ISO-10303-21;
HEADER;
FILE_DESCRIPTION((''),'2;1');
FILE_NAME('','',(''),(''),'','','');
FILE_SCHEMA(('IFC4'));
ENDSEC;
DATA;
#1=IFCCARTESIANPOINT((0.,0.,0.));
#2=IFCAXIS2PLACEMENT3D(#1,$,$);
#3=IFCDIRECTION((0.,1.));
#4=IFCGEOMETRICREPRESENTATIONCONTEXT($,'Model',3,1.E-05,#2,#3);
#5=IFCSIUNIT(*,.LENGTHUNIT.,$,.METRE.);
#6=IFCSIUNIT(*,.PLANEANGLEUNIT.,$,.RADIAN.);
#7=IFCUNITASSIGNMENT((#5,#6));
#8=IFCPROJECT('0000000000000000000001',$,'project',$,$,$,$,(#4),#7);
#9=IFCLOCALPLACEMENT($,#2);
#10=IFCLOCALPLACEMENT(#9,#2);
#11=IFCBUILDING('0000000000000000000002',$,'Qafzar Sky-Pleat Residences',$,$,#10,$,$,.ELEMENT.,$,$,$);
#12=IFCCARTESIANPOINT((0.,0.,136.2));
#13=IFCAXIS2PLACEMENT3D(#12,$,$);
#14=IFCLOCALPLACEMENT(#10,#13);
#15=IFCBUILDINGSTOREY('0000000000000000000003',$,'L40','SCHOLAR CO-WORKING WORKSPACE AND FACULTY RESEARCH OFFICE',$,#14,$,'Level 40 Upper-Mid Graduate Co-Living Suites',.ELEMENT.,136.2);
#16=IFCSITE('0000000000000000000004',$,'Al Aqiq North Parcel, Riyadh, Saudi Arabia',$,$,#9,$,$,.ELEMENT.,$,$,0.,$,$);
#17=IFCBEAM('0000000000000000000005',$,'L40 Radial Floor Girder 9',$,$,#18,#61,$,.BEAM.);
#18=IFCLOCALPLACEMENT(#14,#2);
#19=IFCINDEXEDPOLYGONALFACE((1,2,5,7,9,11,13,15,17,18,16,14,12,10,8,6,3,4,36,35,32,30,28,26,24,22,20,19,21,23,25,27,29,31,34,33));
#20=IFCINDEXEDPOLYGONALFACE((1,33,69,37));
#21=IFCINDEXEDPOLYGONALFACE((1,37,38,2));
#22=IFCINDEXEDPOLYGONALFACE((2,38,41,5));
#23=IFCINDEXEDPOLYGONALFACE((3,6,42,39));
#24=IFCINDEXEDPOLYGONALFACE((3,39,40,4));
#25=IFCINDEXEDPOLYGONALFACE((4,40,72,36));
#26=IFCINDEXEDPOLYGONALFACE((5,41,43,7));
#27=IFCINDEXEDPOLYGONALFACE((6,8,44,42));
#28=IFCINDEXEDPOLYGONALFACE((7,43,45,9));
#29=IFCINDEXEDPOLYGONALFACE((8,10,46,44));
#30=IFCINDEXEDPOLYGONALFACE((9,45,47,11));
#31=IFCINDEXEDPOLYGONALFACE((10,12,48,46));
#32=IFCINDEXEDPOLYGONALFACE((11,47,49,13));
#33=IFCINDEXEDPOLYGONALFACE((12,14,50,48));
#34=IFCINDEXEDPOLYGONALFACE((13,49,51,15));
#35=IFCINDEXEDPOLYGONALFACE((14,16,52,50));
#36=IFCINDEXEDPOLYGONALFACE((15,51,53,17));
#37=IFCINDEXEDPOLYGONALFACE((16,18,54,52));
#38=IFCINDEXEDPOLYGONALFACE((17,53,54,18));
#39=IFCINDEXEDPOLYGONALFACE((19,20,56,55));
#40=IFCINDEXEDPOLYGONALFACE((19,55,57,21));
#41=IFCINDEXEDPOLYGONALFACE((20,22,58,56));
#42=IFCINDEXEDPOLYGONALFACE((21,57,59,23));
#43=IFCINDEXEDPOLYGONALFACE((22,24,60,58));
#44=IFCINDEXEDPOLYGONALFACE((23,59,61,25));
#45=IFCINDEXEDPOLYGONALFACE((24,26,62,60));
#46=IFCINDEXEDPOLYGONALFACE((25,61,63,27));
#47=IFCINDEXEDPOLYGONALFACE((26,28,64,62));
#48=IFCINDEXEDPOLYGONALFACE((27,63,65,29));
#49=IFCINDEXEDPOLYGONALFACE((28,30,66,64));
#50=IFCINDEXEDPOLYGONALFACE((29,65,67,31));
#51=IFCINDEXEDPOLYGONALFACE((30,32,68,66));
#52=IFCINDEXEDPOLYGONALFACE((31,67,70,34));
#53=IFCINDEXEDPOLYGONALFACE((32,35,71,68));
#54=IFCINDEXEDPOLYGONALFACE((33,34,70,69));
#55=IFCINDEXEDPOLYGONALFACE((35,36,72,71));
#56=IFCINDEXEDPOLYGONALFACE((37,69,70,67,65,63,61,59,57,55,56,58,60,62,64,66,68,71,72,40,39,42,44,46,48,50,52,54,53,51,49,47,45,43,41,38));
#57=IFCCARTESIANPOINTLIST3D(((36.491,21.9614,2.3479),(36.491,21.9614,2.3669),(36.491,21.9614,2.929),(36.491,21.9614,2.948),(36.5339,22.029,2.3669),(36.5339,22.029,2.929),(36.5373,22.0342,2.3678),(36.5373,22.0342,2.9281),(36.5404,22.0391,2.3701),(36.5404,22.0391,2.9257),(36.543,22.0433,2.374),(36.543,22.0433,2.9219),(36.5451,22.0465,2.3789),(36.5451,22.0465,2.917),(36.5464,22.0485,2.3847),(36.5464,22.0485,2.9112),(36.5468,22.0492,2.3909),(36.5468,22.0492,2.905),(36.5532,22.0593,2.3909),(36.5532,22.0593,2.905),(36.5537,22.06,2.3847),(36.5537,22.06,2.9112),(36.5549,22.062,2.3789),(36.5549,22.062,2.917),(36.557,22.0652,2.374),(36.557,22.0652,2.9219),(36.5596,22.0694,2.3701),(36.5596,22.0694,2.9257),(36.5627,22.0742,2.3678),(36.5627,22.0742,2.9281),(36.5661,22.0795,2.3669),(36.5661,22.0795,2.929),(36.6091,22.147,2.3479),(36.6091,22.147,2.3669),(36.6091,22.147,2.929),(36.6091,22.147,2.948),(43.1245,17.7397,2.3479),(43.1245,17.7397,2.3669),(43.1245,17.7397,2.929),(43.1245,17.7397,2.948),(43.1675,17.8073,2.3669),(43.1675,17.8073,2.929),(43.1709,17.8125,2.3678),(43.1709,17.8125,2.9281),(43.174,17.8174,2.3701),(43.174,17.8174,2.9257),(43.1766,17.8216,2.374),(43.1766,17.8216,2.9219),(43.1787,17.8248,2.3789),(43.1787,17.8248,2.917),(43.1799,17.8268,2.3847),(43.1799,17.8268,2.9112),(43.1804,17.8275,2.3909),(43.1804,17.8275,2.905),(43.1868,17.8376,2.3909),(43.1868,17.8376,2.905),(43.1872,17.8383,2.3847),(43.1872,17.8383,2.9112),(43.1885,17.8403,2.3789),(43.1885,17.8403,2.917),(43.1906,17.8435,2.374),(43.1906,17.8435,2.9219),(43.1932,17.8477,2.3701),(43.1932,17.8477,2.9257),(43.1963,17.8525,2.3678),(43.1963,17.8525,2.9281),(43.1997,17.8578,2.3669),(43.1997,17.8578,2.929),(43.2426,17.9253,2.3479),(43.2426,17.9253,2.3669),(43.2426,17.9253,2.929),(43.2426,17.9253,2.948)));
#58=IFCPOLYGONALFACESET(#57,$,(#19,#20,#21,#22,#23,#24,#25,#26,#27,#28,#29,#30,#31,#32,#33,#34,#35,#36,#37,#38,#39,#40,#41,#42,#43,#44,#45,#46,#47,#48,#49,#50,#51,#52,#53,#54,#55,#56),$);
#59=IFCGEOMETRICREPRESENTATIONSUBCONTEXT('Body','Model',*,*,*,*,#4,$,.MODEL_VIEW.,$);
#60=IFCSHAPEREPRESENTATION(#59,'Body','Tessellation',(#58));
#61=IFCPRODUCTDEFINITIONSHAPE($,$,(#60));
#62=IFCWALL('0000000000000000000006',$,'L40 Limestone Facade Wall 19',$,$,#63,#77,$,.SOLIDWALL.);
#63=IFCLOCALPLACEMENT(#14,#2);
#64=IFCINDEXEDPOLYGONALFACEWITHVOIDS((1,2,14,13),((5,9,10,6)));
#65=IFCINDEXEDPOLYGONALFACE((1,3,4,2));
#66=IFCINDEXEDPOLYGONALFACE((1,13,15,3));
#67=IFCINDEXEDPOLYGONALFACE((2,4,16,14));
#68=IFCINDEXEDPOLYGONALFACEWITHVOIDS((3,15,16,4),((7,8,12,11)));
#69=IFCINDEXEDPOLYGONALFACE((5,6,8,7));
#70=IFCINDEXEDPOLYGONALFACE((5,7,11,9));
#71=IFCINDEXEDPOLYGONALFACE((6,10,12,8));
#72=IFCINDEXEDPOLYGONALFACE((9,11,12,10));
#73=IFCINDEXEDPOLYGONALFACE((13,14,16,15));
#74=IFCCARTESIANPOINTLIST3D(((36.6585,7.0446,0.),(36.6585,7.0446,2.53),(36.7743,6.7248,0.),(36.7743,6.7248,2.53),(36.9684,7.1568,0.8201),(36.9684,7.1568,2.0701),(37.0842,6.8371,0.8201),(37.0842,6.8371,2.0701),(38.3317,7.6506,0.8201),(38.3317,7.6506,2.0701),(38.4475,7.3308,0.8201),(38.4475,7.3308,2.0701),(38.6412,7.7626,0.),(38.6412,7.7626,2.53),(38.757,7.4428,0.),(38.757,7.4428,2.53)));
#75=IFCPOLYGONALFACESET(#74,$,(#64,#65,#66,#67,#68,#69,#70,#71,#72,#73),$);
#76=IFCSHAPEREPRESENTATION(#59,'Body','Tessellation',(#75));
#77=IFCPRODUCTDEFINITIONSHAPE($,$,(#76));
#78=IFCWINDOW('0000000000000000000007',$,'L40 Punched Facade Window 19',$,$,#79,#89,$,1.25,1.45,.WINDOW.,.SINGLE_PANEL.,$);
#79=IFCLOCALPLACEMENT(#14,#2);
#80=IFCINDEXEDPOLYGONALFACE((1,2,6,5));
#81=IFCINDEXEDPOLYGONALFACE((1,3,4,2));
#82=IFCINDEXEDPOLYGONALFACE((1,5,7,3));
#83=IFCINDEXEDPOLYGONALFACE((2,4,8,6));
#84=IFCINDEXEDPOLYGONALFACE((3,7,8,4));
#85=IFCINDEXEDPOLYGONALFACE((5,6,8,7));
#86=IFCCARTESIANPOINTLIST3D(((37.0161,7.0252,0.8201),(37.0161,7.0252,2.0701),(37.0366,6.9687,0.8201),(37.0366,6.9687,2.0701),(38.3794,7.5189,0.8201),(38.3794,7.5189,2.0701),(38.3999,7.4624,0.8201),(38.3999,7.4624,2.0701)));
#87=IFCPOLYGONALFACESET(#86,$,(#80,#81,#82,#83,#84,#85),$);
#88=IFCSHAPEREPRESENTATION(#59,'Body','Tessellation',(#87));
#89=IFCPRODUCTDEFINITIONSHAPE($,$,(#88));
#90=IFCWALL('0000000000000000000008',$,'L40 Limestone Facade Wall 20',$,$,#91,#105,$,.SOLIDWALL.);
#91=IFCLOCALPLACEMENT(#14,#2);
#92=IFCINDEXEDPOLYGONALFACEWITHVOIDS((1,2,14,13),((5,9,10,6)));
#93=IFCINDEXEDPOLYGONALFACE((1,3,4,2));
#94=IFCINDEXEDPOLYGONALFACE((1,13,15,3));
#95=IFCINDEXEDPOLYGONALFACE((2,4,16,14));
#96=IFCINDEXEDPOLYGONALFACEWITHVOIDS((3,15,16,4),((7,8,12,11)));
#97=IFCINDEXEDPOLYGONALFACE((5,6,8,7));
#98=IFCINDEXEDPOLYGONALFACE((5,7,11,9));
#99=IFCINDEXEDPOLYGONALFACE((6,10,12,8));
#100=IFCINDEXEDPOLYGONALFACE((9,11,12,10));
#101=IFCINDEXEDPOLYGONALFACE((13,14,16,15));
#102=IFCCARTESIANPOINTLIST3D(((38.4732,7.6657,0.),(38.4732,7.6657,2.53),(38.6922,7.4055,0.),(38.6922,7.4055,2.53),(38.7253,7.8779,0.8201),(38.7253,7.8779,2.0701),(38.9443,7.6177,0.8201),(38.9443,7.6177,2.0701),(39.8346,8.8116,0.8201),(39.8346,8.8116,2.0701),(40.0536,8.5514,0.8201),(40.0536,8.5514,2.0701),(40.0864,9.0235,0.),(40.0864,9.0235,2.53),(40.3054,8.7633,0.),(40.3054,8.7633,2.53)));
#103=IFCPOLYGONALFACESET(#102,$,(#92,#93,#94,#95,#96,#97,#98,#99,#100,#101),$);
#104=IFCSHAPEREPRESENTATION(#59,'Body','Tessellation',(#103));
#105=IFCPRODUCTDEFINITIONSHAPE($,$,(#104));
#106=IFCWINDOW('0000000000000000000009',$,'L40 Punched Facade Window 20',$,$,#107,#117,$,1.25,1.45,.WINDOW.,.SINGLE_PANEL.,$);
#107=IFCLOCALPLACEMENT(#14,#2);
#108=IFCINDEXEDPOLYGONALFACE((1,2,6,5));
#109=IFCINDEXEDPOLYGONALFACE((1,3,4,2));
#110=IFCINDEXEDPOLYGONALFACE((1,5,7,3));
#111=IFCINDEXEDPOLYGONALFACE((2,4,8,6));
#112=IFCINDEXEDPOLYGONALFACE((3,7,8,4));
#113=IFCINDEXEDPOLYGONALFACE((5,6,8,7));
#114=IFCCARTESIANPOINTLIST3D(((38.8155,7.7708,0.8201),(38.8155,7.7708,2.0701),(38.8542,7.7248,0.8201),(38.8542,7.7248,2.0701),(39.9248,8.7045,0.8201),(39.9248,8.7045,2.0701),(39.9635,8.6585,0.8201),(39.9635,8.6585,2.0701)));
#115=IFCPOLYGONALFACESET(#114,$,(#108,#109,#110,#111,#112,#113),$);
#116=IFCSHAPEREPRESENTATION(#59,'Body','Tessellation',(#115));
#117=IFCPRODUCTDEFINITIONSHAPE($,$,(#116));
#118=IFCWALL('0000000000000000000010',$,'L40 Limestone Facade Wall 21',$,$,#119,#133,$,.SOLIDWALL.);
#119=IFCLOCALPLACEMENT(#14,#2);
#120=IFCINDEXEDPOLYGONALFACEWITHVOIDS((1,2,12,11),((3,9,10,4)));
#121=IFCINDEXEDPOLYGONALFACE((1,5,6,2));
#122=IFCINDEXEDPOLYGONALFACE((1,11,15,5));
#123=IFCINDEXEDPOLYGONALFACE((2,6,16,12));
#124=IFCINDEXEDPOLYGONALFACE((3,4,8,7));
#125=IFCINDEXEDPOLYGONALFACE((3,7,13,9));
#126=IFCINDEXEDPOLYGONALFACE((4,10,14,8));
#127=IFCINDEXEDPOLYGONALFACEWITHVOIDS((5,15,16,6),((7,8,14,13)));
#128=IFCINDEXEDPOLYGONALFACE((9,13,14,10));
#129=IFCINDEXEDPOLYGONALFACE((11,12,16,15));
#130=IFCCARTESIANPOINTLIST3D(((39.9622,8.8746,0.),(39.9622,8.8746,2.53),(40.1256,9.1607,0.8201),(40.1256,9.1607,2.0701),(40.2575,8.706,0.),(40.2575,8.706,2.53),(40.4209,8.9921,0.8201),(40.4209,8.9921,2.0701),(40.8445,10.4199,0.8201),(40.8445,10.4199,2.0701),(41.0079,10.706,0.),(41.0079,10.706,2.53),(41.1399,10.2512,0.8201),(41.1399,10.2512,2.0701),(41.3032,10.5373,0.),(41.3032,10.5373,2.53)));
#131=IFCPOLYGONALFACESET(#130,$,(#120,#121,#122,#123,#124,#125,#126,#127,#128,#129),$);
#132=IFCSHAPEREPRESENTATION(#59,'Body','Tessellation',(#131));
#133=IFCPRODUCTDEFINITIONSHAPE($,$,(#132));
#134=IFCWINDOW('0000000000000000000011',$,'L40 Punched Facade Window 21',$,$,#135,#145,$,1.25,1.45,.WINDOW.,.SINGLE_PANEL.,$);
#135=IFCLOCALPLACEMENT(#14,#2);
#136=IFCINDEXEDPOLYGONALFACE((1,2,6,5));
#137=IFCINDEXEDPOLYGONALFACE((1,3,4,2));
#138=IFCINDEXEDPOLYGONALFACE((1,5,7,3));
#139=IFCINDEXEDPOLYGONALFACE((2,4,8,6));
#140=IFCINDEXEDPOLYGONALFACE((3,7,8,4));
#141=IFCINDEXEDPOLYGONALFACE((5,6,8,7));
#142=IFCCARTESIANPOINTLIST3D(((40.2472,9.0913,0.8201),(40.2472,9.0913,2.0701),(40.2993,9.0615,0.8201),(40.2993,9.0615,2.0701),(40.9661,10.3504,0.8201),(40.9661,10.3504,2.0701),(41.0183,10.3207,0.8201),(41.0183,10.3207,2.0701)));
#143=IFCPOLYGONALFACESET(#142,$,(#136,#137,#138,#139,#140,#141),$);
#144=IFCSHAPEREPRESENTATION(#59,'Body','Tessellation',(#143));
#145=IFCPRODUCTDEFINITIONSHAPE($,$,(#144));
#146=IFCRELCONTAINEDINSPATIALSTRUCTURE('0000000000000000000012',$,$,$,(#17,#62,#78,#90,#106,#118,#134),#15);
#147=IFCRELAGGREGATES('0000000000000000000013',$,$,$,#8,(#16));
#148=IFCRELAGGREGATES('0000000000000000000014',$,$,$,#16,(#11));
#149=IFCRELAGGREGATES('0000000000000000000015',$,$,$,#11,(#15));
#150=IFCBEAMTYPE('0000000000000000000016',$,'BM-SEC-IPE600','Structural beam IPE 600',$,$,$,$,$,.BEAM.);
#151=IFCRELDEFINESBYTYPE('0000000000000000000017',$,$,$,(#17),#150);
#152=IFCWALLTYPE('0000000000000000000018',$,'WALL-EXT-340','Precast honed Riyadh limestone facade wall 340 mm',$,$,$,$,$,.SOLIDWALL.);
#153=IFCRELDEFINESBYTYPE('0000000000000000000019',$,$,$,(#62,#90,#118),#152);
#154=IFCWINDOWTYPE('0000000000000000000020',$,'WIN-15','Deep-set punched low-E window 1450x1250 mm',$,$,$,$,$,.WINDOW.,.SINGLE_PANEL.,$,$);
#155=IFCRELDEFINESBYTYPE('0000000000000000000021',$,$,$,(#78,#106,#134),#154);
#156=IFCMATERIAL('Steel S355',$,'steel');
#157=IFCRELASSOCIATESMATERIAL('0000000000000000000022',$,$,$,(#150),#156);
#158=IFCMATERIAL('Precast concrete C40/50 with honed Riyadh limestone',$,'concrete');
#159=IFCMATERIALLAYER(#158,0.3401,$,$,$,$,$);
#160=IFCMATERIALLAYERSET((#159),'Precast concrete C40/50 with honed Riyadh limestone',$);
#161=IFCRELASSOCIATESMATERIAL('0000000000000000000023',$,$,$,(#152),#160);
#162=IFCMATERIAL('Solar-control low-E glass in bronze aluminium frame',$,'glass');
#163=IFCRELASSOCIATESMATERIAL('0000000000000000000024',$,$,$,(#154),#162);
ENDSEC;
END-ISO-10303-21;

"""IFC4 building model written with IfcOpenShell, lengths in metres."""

from ifc_helpers import new_model, si_unit, direction, frame, frame_2d, origin, origin_2d, place, context, subcontext, project, spatial, rectangle, i_section, extrude, source, transform, mapped, material, layer, layer_set, material_profile, profile_set, type_object, element, fill, save


model = new_model("IFC4")

# Units and contexts
model_context = context("Model", 3, precision=1e-05, world=origin(), true_north=direction((0.0, 1.0)))
body_context = subcontext(model_context, "Body", "Model", "MODEL_VIEW")
ifc_project = project(units=[si_unit("LENGTHUNIT", "METRE"), si_unit("PLANEANGLEUNIT", "RADIAN")], contexts=[model_context])

# Site, building, storey
site_placement = place(None, origin())
site = spatial("IfcSite", under=ifc_project, at=site_placement, Name="Al Aqiq North Parcel, Riyadh, Saudi Arabia", CompositionType="ELEMENT", RefElevation=0.0)
building_placement = place(site_placement, origin())
building = spatial("IfcBuilding", under=site, at=building_placement, Name="Qafzar Sky-Pleat Residences", CompositionType="ELEMENT")
storey_placement = place(building_placement, frame((0.0, 0.0, 136.2)))
storey = spatial("IfcBuildingStorey", under=building, at=storey_placement, Name="L40", Description="SCHOLAR CO-WORKING WORKSPACE AND FACULTY RESEARCH OFFICE", LongName="Level 40 Upper-Mid Graduate Co-Living Suites", CompositionType="ELEMENT", Elevation=136.2)

# Shared definitions
ifc_material_1 = material(Name="Steel S355", Category="steel")

# Beam
ifc_material_profile_1 = material_profile(ifc_material_1, i_section(OverallWidth=0.22, OverallDepth=0.6001, WebThickness=0.012, FlangeThickness=0.019, FilletRadius=0.0239, at=origin_2d()), Name="IPE 600")
ifc_profile_set_1 = profile_set([ifc_material_profile_1], Name="Steel S355")
beam_type_1 = type_object("IfcBeamType", Name="BM-SEC-IPE600", Description="Structural beam IPE 600", PredefinedType="BEAM", material=ifc_profile_set_1)
shared_shape_1 = source(origin(), body_context, "Body", "SweptSolid", [
    extrude(i_section(OverallWidth=0.22, OverallDepth=0.6001, WebThickness=0.012, FlangeThickness=0.019, FilletRadius=0.0239, at=origin_2d()), origin(), (0.0, 0.0, 1.0), 7.863),
])
beam_1_placement = place(storey_placement, frame((43.1836, 17.8325, 2.6479), z_axis=(-0.843642, 0.536906, 0.0), x_axis=(-0.536906, -0.843642, 0.0)))
element("IfcBeam", 1, at=beam_1_placement, inside=storey, type_object=beam_type_1, Name="L40 Radial Floor Girder 9", PredefinedType="BEAM", context=body_context, shape_type="MappedRepresentation", body=[
    mapped(shared_shape_1, transform((0.0, 0.0, 0.0), x_axis=(1.0, 0.0, 0.0), y_axis=(0.0, 1.0, 0.0), z_axis=(0.0, 0.0, 1.0), scale=1.0)),
])

# Walls, openings, windows
ifc_material_2 = material(Name="Precast concrete C40/50 with honed Riyadh limestone", Category="concrete")
ifc_layer_1 = layer(ifc_material_2, 0.3401)
ifc_layer_set_1 = layer_set([ifc_layer_1], Name="Precast concrete C40/50 with honed Riyadh limestone")
wall_type = type_object("IfcWallType", Name="WALL-EXT-340", Description="Precast honed Riyadh limestone facade wall 340 mm", PredefinedType="SOLIDWALL", material=ifc_layer_set_1)
wall_1_placement = place(storey_placement, frame((36.7166, 6.8848, 0.0), z_axis=(0.0, 0.0, 1.0), x_axis=(0.940242, 0.340506, 0.0)))
wall_1 = element("IfcWall", 2, at=wall_1_placement, inside=storey, type_object=wall_type, Name="L40 Limestone Facade Wall 19", PredefinedType="SOLIDWALL", context=body_context, shape_type="SweptSolid", body=[
    extrude(rectangle(XDim=2.1086, YDim=0.3401, at=frame_2d((1.0542, 0.0))), origin(), (0.0, 0.0, 1.0), 2.53),
])
opening_1_placement = place(wall_1_placement, frame((0.3293, 0.0, 0.8201)))
opening_1 = element("IfcOpeningElement", 3, at=opening_1_placement, cuts=wall_1, PredefinedType="OPENING", context=body_context, shape_type="SweptSolid", body=[
    extrude(rectangle(XDim=1.45, YDim=1.25, at=frame_2d((0.7251, 0.625))), frame((0.0, 0.1802, 0.0), z_axis=(0.0, -1.0, 0.0), x_axis=(1.0, 0.0, 0.0)), (0.0, 0.0, 1.0), 0.3601),
])
ifc_material_3 = material(Name="Solar-control low-E glass in bronze aluminium frame", Category="glass")
window_type_1 = type_object("IfcWindowType", Name="WIN-15", Description="Deep-set punched low-E window 1450x1250 mm", PartitioningType="SINGLE_PANEL", PredefinedType="WINDOW", material=ifc_material_3)
shared_shape_2 = source(origin(), body_context, "Body", "SweptSolid", [
    extrude(rectangle(XDim=1.45, YDim=1.25, at=frame_2d((0.7251, 0.625))), frame((0.0, 0.03, 0.0), z_axis=(0.0, -1.0, 0.0), x_axis=(1.0, 0.0, 0.0)), (0.0, 0.0, 1.0), 0.0601),
])
window_1_placement = place(opening_1_placement, origin())
window_1 = element("IfcWindow", 4, at=window_1_placement, inside=storey, type_object=window_type_1, Name="L40 Punched Facade Window 19", OverallHeight=1.25, OverallWidth=1.45, PartitioningType="SINGLE_PANEL", PredefinedType="WINDOW", context=body_context, shape_type="MappedRepresentation", body=[
    mapped(shared_shape_2, transform((0.0, 0.0, 0.0), x_axis=(1.0, 0.0, 0.0), y_axis=(0.0, 1.0, 0.0), z_axis=(0.0, 0.0, 1.0), scale=1.0)),
])
fill(opening_1, window_1)
wall_2_placement = place(storey_placement, frame((38.5828, 7.5356, 0.0), z_axis=(0.0, 0.0, 1.0), x_axis=(0.765061, 0.643957, 0.0)))
wall_2 = element("IfcWall", 5, at=wall_2_placement, inside=storey, type_object=wall_type, Name="L40 Limestone Facade Wall 20", PredefinedType="SOLIDWALL", context=body_context, shape_type="SweptSolid", body=[
    extrude(rectangle(XDim=2.1086, YDim=0.3401, at=frame_2d((1.0542, 0.0))), origin(), (0.0, 0.0, 1.0), 2.53),
])
opening_2_placement = place(wall_2_placement, frame((0.3293, 0.0, 0.8201)))
opening_2 = element("IfcOpeningElement", 6, at=opening_2_placement, cuts=wall_2, PredefinedType="OPENING", context=body_context, shape_type="SweptSolid", body=[
    extrude(rectangle(XDim=1.45, YDim=1.25, at=frame_2d((0.7251, 0.625))), frame((0.0, 0.1802, 0.0), z_axis=(0.0, -1.0, 0.0), x_axis=(1.0, 0.0, 0.0)), (0.0, 0.0, 1.0), 0.3601),
])
window_2_placement = place(opening_2_placement, origin())
window_2 = element("IfcWindow", 7, at=window_2_placement, inside=storey, type_object=window_type_1, Name="L40 Punched Facade Window 20", OverallHeight=1.25, OverallWidth=1.45, PartitioningType="SINGLE_PANEL", PredefinedType="WINDOW", context=body_context, shape_type="MappedRepresentation", body=[
    mapped(shared_shape_2, transform((0.0, 0.0, 0.0), x_axis=(1.0, 0.0, 0.0), y_axis=(0.0, 1.0, 0.0), z_axis=(0.0, 0.0, 1.0), scale=1.0)),
])
fill(opening_2, window_2)
wall_3_placement = place(storey_placement, frame((40.1099, 8.7903, 0.0), z_axis=(0.0, 0.0, 1.0), x_axis=(0.495852, 0.868407, 0.0)))
wall_3 = element("IfcWall", 8, at=wall_3_placement, inside=storey, type_object=wall_type, Name="L40 Limestone Facade Wall 21", PredefinedType="SOLIDWALL", context=body_context, shape_type="SweptSolid", body=[
    extrude(rectangle(XDim=2.1089, YDim=0.3401, at=frame_2d((1.0544, 0.0))), origin(), (0.0, 0.0, 1.0), 2.53),
])
opening_3_placement = place(wall_3_placement, frame((0.3293, 0.0, 0.8201)))
opening_3 = element("IfcOpeningElement", 9, at=opening_3_placement, cuts=wall_3, PredefinedType="OPENING", context=body_context, shape_type="SweptSolid", body=[
    extrude(rectangle(XDim=1.45, YDim=1.25, at=frame_2d((0.7251, 0.625))), frame((0.0, 0.1802, 0.0), z_axis=(0.0, -1.0, 0.0), x_axis=(1.0, 0.0, 0.0)), (0.0, 0.0, 1.0), 0.3601),
])
window_3_placement = place(opening_3_placement, origin())
window_3 = element("IfcWindow", 10, at=window_3_placement, inside=storey, type_object=window_type_1, Name="L40 Punched Facade Window 21", OverallHeight=1.25, OverallWidth=1.45, PartitioningType="SINGLE_PANEL", PredefinedType="WINDOW", context=body_context, shape_type="MappedRepresentation", body=[
    mapped(shared_shape_2, transform((0.0, 0.0, 0.0), x_axis=(1.0, 0.0, 0.0), y_axis=(0.0, 1.0, 0.0), z_axis=(0.0, 0.0, 1.0), scale=1.0)),
])
fill(opening_3, window_3)

save(model, "model.ifc")
